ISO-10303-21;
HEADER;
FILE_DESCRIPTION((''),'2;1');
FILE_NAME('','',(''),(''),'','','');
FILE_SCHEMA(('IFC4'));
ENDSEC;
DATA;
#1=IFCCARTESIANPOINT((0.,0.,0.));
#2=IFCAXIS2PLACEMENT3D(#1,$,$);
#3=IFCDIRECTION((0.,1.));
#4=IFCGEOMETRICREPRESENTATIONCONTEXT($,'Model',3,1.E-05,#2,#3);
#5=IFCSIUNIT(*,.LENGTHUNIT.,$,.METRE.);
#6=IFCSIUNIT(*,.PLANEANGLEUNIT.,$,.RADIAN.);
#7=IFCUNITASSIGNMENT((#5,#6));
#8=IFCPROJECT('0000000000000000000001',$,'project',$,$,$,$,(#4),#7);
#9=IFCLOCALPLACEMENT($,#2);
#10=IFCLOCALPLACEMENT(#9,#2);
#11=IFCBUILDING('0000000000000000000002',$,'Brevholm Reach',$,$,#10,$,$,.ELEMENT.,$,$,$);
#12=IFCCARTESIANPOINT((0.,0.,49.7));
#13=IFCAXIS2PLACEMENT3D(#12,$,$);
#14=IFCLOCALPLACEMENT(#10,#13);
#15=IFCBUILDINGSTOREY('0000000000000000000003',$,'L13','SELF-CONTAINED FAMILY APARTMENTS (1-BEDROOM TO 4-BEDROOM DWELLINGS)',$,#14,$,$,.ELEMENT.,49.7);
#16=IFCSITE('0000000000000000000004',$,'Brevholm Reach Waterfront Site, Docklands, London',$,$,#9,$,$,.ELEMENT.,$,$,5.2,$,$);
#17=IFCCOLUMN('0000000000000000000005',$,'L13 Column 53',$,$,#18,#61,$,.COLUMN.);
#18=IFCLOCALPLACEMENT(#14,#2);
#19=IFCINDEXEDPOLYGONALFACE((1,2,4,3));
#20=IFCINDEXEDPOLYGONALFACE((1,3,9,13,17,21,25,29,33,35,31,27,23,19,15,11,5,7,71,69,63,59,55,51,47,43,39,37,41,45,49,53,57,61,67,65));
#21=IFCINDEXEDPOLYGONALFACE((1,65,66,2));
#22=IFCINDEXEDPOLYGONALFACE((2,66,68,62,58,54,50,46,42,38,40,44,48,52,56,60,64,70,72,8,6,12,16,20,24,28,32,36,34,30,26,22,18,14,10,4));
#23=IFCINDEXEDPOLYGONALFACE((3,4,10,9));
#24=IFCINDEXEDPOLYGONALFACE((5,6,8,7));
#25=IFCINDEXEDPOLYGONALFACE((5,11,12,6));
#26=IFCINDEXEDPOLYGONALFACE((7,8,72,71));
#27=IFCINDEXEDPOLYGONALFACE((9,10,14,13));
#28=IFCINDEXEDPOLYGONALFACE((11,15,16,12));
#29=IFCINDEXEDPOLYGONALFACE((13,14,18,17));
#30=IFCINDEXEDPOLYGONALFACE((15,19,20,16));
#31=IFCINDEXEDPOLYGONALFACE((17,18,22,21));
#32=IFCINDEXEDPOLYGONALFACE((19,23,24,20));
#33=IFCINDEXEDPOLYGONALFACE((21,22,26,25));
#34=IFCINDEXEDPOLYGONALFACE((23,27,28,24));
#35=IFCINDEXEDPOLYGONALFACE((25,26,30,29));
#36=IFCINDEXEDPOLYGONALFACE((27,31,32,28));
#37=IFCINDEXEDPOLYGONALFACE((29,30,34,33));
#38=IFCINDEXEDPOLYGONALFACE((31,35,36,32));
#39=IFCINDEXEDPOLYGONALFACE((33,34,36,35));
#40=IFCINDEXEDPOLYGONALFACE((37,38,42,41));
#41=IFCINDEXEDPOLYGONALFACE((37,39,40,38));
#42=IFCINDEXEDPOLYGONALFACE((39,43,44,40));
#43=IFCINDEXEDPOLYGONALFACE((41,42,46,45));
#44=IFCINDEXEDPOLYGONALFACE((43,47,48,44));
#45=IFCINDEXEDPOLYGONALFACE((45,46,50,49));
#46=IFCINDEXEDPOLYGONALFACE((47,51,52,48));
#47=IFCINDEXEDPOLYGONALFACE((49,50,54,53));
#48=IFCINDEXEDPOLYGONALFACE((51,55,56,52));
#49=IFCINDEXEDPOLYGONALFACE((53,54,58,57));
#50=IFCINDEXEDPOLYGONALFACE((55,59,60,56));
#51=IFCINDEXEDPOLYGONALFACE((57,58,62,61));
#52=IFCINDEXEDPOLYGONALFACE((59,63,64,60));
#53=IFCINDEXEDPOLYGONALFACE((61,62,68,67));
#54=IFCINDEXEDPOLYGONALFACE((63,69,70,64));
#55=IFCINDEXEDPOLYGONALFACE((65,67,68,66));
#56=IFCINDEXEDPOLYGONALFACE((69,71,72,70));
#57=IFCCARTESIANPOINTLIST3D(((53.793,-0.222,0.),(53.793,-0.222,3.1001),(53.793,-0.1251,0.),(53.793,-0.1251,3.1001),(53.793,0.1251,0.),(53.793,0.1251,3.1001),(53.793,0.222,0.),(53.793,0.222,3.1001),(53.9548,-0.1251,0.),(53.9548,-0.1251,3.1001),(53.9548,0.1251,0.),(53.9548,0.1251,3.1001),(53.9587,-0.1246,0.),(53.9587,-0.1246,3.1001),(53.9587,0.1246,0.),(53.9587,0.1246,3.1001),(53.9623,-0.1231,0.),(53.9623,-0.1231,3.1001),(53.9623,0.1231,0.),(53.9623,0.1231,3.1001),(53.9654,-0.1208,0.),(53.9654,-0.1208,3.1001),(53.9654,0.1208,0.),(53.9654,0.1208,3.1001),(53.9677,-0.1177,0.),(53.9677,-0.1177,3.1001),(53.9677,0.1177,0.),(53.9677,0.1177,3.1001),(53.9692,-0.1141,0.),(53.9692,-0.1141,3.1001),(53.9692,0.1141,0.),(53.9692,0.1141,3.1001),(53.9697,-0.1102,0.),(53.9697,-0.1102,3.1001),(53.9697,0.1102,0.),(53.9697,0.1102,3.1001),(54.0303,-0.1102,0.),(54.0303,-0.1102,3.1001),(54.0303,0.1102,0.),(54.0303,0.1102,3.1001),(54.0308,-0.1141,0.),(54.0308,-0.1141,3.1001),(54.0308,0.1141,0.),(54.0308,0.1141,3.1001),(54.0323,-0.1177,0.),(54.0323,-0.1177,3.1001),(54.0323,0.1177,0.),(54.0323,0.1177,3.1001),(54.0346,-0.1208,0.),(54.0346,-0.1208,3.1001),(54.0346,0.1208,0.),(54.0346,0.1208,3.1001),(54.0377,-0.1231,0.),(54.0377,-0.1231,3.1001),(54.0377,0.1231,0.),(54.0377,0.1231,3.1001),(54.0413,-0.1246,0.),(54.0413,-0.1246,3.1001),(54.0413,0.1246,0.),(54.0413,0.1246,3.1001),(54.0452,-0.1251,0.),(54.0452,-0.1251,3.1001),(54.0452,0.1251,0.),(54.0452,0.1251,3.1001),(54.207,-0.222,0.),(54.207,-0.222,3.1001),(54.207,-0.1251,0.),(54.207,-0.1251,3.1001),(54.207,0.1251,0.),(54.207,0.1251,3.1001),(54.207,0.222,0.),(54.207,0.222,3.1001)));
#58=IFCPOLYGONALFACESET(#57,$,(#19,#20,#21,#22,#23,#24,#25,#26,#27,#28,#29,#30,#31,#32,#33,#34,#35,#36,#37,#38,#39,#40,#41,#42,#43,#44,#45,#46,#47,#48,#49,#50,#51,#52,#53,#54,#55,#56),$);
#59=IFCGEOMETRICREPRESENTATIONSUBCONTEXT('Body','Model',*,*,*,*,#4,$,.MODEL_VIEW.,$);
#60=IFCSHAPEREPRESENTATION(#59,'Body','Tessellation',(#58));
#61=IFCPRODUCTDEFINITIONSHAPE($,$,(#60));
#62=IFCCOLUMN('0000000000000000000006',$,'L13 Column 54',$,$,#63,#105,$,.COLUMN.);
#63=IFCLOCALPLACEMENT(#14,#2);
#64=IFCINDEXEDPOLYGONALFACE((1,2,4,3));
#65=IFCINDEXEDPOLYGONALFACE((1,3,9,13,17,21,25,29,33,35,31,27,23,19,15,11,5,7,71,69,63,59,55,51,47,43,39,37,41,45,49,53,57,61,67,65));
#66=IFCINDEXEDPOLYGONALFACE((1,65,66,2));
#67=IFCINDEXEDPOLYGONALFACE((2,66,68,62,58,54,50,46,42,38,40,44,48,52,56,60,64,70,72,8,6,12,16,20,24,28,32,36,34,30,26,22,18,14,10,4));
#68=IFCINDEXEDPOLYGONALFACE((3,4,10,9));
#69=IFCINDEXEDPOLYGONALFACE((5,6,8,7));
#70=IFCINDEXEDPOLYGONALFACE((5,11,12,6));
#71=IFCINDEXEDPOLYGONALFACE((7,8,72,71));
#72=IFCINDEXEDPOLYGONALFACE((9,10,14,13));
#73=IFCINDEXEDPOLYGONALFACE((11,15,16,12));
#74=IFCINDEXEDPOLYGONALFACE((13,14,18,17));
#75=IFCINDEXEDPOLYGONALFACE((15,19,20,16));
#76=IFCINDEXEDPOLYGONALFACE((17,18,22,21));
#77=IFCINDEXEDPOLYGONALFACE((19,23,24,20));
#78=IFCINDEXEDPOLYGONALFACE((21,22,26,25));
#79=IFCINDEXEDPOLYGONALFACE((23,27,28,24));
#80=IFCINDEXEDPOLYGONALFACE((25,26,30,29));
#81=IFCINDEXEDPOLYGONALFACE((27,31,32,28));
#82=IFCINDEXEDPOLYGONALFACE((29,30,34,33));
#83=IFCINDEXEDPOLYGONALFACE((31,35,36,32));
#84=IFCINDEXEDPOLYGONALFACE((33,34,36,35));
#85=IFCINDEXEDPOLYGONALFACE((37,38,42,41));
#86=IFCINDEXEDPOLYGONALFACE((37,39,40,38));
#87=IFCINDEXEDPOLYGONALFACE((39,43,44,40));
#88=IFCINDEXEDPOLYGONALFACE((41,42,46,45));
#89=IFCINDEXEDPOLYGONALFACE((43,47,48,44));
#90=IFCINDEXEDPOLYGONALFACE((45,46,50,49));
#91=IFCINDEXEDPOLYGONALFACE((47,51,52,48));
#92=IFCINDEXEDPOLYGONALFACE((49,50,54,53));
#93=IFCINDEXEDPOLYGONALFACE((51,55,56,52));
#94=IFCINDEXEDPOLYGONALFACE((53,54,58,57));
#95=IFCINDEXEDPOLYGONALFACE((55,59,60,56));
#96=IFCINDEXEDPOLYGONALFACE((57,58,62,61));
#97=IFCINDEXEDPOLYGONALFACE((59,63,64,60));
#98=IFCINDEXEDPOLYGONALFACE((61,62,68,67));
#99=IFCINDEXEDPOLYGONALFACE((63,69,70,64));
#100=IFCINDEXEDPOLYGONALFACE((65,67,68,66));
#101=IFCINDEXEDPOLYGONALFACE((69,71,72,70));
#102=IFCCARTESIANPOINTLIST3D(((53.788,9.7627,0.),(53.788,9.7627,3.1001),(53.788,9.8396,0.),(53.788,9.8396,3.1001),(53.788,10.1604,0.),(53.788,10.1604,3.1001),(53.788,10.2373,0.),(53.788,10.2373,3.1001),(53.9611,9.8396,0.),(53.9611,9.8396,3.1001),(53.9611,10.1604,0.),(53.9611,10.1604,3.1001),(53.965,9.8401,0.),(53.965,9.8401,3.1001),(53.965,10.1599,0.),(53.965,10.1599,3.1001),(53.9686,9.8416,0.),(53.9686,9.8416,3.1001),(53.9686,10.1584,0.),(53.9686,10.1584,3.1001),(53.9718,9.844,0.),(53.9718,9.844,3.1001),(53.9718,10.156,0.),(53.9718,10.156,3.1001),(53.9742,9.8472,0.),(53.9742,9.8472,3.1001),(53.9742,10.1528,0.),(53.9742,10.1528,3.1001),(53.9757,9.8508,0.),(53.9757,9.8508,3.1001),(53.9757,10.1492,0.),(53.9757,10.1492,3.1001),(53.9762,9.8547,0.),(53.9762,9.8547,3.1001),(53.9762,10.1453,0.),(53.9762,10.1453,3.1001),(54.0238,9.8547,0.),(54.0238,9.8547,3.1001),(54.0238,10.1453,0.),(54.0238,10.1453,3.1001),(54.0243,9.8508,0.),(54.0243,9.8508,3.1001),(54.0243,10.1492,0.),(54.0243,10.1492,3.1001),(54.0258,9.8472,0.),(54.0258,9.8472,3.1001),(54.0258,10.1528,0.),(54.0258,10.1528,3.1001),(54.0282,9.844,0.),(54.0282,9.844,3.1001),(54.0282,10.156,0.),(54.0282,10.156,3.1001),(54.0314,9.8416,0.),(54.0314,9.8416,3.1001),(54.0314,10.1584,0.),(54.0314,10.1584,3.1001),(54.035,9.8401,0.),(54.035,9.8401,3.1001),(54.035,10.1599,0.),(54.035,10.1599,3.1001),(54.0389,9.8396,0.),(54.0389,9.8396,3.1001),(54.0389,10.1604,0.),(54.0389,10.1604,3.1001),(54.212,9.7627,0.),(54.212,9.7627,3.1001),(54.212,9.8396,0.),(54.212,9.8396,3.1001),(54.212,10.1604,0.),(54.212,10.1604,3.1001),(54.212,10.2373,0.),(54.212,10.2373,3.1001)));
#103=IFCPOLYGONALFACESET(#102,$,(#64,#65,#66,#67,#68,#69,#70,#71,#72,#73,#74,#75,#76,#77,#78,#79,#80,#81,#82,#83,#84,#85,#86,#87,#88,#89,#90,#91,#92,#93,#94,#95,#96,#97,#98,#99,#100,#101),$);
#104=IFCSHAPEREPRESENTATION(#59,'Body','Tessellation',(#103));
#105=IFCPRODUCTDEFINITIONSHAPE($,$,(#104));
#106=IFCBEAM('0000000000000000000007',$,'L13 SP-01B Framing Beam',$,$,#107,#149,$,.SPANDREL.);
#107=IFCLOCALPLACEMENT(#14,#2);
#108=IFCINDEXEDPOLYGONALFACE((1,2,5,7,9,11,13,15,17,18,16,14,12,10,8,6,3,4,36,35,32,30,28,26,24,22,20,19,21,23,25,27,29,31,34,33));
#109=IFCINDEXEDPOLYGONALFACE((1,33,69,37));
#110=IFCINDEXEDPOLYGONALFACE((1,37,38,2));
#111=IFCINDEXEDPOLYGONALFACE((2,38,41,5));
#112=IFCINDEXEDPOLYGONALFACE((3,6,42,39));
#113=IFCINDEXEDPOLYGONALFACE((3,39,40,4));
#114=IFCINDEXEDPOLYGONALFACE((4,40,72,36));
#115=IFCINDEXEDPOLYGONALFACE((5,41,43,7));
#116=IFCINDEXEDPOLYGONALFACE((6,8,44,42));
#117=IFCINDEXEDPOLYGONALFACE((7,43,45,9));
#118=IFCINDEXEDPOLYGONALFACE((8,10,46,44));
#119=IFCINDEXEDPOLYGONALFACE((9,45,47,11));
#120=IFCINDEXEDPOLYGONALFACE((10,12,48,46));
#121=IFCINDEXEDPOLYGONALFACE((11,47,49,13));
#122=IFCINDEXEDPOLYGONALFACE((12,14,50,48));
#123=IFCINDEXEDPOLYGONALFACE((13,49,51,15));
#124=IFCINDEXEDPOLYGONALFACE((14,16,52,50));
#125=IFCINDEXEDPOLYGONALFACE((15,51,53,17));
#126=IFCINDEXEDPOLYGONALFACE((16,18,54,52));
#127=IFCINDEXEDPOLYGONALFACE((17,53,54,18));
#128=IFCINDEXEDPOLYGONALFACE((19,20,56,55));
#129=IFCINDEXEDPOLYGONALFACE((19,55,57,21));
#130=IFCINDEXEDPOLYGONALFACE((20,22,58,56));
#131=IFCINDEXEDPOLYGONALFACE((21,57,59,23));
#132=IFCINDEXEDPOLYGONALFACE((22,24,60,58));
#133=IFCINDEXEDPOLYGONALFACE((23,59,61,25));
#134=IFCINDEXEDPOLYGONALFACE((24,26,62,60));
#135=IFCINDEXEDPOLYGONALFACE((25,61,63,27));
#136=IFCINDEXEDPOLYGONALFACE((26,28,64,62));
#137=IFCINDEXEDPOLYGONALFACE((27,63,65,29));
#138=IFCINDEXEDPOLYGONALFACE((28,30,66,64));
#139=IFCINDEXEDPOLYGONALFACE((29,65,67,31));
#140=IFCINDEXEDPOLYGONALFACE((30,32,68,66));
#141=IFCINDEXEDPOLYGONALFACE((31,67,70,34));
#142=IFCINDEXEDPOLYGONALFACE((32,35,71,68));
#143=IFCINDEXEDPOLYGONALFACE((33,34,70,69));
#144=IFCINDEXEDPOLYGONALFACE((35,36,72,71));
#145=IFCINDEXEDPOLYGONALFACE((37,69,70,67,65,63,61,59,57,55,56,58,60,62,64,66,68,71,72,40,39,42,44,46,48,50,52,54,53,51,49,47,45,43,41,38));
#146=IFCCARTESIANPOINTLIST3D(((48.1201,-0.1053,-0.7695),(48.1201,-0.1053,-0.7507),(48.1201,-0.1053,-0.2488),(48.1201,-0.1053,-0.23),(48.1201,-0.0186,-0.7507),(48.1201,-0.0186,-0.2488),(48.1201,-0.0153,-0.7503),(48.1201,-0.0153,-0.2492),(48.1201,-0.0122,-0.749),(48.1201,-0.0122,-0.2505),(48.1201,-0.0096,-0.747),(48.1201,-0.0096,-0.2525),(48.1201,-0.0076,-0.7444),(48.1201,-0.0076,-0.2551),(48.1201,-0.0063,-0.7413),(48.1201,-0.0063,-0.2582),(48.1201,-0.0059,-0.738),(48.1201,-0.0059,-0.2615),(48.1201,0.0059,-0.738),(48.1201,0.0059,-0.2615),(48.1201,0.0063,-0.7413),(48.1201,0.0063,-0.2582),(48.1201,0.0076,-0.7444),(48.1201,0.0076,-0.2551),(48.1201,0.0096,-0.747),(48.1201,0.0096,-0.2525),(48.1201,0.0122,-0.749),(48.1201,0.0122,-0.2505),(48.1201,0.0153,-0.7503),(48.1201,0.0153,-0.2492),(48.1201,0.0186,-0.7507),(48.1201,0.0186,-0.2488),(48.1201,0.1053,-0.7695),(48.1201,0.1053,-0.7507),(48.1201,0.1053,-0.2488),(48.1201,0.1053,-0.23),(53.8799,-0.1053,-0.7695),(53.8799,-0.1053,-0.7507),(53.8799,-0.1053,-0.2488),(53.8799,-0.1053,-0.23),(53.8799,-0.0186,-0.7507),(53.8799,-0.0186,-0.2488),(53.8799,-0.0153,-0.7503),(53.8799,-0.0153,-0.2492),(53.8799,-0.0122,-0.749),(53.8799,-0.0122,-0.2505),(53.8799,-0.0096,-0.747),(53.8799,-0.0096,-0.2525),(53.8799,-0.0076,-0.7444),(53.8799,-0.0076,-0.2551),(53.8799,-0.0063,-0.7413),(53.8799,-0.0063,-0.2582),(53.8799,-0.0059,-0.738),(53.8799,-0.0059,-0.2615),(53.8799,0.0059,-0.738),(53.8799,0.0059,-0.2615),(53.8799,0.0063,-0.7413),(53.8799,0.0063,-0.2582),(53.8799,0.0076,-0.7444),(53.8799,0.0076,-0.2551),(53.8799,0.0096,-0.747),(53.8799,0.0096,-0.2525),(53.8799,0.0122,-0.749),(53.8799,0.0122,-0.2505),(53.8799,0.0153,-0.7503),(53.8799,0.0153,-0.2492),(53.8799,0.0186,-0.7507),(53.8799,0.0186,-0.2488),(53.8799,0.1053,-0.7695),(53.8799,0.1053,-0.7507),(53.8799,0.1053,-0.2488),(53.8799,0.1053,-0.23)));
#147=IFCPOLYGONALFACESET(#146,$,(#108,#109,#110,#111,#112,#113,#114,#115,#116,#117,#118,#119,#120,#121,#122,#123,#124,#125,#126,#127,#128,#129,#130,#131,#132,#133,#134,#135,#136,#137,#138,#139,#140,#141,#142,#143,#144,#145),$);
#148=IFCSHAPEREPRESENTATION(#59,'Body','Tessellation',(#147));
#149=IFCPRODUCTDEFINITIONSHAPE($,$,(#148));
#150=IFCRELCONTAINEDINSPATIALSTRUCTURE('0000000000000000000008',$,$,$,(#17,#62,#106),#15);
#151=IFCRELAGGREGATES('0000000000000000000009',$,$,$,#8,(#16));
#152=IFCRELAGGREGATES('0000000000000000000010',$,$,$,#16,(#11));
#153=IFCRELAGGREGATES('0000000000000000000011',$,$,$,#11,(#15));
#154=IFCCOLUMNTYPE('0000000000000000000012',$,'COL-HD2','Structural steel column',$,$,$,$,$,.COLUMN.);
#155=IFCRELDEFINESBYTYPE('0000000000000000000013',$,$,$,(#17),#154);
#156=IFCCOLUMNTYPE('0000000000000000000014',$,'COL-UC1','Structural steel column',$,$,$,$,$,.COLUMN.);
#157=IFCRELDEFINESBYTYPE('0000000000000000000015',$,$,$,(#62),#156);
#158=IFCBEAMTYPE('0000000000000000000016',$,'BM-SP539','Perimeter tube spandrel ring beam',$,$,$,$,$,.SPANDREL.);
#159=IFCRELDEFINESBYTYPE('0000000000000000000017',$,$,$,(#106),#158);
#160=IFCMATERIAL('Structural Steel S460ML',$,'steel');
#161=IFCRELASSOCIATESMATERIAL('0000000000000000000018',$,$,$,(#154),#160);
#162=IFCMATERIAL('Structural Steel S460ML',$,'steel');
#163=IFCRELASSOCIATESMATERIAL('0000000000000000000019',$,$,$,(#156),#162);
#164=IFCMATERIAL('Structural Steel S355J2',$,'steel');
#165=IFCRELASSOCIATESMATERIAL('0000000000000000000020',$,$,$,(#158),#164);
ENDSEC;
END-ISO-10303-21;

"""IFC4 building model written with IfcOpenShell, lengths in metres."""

from ifc_helpers import new_model, si_unit, direction, frame, origin, origin_2d, place, context, subcontext, project, spatial, i_section, extrude, material, material_profile, profile_set, type_object, element, save


model = new_model("IFC4")

# Units and contexts
model_context = context("Model", 3, precision=1e-05, world=origin(), true_north=direction((0.0, 1.0)))
body_context = subcontext(model_context, "Body", "Model", "MODEL_VIEW")
ifc_project = project(units=[si_unit("LENGTHUNIT", "METRE"), si_unit("PLANEANGLEUNIT", "RADIAN")], contexts=[model_context])

# Site, building, storey
site_placement = place(None, origin())
site = spatial("IfcSite", under=ifc_project, at=site_placement, Name="Brevholm Reach Waterfront Site, Docklands, London", CompositionType="ELEMENT", RefElevation=5.2)
building_placement = place(site_placement, origin())
building = spatial("IfcBuilding", under=site, at=building_placement, Name="Brevholm Reach", CompositionType="ELEMENT")
storey_placement = place(building_placement, frame((0.0, 0.0, 49.7)))
storey = spatial("IfcBuildingStorey", under=building, at=storey_placement, Name="L13", Description="SELF-CONTAINED FAMILY APARTMENTS (1-BEDROOM TO 4-BEDROOM DWELLINGS)", CompositionType="ELEMENT", Elevation=49.7)

# Columns
ifc_material_1 = material(Name="Structural Steel S460ML", Category="steel")
ifc_material_profile_1 = material_profile(ifc_material_1, i_section(OverallWidth=0.4141, OverallDepth=0.4441, WebThickness=0.0605, FlangeThickness=0.0969, FilletRadius=0.0149, at=origin_2d()), Name="HD 400x818")
ifc_profile_set_1 = profile_set([ifc_material_profile_1], Name="Structural Steel S460ML")
column_type_1 = type_object("IfcColumnType", Name="COL-HD2", Description="Structural steel column", PredefinedType="COLUMN", material=ifc_profile_set_1)
column_1_placement = place(storey_placement, frame((54.0, 0.0, 0.0), z_axis=(0.0, 0.0, 1.0), x_axis=(1.0, 0.0, 0.0)))
element("IfcColumn", 1, at=column_1_placement, inside=storey, type_object=column_type_1, Name="L13 Column 53", PredefinedType="COLUMN", context=body_context, shape_type="SweptSolid", body=[
    extrude(i_section(OverallWidth=0.4141, OverallDepth=0.4441, WebThickness=0.0605, FlangeThickness=0.0969, FilletRadius=0.0149, at=origin_2d()), origin(), (0.0, 0.0, 1.0), 3.1001),
])
ifc_material_2 = material(Name="Structural Steel S460ML", Category="steel")
ifc_material_profile_2 = material_profile(ifc_material_2, i_section(OverallWidth=0.4241, OverallDepth=0.4746, WebThickness=0.0476, FlangeThickness=0.0769, FilletRadius=0.0151, at=origin_2d()), Name="UKC 356x406x634")
ifc_profile_set_2 = profile_set([ifc_material_profile_2], Name="Structural Steel S460ML")
column_type_2 = type_object("IfcColumnType", Name="COL-UC1", Description="Structural steel column", PredefinedType="COLUMN", material=ifc_profile_set_2)
column_2_placement = place(storey_placement, frame((54.0, 10.0, 0.0), z_axis=(0.0, 0.0, 1.0), x_axis=(1.0, 0.0, 0.0)))
element("IfcColumn", 2, at=column_2_placement, inside=storey, type_object=column_type_2, Name="L13 Column 54", PredefinedType="COLUMN", context=body_context, shape_type="SweptSolid", body=[
    extrude(i_section(OverallWidth=0.4241, OverallDepth=0.4746, WebThickness=0.0476, FlangeThickness=0.0769, FilletRadius=0.0151, at=origin_2d()), origin(), (0.0, 0.0, 1.0), 3.1001),
])

# Beam
ifc_material_3 = material(Name="Structural Steel S355J2", Category="steel")
ifc_material_profile_3 = material_profile(ifc_material_3, i_section(OverallWidth=0.2107, OverallDepth=0.5396, WebThickness=0.0117, FlangeThickness=0.0188, FilletRadius=0.0127, at=origin_2d()), Name="UKB 533x210x109")
ifc_profile_set_3 = profile_set([ifc_material_profile_3], Name="Structural Steel S355J2")
beam_type_1 = type_object("IfcBeamType", Name="BM-SP539", Description="Perimeter tube spandrel ring beam", PredefinedType="SPANDREL", material=ifc_profile_set_3)
beam_1_placement = place(storey_placement, frame((48.1201, 0.0, -0.4998), z_axis=(1.0, 0.0, 0.0), x_axis=(0.0, 1.0, 0.0)))
element("IfcBeam", 3, at=beam_1_placement, inside=storey, type_object=beam_type_1, Name="L13 SP-01B Framing Beam", PredefinedType="SPANDREL", context=body_context, shape_type="SweptSolid", body=[
    extrude(i_section(OverallWidth=0.2107, OverallDepth=0.5396, WebThickness=0.0117, FlangeThickness=0.0188, FilletRadius=0.0127, at=origin_2d()), origin(), (0.0, 0.0, 1.0), 5.7598),
])

save(model, "model.ifc")
